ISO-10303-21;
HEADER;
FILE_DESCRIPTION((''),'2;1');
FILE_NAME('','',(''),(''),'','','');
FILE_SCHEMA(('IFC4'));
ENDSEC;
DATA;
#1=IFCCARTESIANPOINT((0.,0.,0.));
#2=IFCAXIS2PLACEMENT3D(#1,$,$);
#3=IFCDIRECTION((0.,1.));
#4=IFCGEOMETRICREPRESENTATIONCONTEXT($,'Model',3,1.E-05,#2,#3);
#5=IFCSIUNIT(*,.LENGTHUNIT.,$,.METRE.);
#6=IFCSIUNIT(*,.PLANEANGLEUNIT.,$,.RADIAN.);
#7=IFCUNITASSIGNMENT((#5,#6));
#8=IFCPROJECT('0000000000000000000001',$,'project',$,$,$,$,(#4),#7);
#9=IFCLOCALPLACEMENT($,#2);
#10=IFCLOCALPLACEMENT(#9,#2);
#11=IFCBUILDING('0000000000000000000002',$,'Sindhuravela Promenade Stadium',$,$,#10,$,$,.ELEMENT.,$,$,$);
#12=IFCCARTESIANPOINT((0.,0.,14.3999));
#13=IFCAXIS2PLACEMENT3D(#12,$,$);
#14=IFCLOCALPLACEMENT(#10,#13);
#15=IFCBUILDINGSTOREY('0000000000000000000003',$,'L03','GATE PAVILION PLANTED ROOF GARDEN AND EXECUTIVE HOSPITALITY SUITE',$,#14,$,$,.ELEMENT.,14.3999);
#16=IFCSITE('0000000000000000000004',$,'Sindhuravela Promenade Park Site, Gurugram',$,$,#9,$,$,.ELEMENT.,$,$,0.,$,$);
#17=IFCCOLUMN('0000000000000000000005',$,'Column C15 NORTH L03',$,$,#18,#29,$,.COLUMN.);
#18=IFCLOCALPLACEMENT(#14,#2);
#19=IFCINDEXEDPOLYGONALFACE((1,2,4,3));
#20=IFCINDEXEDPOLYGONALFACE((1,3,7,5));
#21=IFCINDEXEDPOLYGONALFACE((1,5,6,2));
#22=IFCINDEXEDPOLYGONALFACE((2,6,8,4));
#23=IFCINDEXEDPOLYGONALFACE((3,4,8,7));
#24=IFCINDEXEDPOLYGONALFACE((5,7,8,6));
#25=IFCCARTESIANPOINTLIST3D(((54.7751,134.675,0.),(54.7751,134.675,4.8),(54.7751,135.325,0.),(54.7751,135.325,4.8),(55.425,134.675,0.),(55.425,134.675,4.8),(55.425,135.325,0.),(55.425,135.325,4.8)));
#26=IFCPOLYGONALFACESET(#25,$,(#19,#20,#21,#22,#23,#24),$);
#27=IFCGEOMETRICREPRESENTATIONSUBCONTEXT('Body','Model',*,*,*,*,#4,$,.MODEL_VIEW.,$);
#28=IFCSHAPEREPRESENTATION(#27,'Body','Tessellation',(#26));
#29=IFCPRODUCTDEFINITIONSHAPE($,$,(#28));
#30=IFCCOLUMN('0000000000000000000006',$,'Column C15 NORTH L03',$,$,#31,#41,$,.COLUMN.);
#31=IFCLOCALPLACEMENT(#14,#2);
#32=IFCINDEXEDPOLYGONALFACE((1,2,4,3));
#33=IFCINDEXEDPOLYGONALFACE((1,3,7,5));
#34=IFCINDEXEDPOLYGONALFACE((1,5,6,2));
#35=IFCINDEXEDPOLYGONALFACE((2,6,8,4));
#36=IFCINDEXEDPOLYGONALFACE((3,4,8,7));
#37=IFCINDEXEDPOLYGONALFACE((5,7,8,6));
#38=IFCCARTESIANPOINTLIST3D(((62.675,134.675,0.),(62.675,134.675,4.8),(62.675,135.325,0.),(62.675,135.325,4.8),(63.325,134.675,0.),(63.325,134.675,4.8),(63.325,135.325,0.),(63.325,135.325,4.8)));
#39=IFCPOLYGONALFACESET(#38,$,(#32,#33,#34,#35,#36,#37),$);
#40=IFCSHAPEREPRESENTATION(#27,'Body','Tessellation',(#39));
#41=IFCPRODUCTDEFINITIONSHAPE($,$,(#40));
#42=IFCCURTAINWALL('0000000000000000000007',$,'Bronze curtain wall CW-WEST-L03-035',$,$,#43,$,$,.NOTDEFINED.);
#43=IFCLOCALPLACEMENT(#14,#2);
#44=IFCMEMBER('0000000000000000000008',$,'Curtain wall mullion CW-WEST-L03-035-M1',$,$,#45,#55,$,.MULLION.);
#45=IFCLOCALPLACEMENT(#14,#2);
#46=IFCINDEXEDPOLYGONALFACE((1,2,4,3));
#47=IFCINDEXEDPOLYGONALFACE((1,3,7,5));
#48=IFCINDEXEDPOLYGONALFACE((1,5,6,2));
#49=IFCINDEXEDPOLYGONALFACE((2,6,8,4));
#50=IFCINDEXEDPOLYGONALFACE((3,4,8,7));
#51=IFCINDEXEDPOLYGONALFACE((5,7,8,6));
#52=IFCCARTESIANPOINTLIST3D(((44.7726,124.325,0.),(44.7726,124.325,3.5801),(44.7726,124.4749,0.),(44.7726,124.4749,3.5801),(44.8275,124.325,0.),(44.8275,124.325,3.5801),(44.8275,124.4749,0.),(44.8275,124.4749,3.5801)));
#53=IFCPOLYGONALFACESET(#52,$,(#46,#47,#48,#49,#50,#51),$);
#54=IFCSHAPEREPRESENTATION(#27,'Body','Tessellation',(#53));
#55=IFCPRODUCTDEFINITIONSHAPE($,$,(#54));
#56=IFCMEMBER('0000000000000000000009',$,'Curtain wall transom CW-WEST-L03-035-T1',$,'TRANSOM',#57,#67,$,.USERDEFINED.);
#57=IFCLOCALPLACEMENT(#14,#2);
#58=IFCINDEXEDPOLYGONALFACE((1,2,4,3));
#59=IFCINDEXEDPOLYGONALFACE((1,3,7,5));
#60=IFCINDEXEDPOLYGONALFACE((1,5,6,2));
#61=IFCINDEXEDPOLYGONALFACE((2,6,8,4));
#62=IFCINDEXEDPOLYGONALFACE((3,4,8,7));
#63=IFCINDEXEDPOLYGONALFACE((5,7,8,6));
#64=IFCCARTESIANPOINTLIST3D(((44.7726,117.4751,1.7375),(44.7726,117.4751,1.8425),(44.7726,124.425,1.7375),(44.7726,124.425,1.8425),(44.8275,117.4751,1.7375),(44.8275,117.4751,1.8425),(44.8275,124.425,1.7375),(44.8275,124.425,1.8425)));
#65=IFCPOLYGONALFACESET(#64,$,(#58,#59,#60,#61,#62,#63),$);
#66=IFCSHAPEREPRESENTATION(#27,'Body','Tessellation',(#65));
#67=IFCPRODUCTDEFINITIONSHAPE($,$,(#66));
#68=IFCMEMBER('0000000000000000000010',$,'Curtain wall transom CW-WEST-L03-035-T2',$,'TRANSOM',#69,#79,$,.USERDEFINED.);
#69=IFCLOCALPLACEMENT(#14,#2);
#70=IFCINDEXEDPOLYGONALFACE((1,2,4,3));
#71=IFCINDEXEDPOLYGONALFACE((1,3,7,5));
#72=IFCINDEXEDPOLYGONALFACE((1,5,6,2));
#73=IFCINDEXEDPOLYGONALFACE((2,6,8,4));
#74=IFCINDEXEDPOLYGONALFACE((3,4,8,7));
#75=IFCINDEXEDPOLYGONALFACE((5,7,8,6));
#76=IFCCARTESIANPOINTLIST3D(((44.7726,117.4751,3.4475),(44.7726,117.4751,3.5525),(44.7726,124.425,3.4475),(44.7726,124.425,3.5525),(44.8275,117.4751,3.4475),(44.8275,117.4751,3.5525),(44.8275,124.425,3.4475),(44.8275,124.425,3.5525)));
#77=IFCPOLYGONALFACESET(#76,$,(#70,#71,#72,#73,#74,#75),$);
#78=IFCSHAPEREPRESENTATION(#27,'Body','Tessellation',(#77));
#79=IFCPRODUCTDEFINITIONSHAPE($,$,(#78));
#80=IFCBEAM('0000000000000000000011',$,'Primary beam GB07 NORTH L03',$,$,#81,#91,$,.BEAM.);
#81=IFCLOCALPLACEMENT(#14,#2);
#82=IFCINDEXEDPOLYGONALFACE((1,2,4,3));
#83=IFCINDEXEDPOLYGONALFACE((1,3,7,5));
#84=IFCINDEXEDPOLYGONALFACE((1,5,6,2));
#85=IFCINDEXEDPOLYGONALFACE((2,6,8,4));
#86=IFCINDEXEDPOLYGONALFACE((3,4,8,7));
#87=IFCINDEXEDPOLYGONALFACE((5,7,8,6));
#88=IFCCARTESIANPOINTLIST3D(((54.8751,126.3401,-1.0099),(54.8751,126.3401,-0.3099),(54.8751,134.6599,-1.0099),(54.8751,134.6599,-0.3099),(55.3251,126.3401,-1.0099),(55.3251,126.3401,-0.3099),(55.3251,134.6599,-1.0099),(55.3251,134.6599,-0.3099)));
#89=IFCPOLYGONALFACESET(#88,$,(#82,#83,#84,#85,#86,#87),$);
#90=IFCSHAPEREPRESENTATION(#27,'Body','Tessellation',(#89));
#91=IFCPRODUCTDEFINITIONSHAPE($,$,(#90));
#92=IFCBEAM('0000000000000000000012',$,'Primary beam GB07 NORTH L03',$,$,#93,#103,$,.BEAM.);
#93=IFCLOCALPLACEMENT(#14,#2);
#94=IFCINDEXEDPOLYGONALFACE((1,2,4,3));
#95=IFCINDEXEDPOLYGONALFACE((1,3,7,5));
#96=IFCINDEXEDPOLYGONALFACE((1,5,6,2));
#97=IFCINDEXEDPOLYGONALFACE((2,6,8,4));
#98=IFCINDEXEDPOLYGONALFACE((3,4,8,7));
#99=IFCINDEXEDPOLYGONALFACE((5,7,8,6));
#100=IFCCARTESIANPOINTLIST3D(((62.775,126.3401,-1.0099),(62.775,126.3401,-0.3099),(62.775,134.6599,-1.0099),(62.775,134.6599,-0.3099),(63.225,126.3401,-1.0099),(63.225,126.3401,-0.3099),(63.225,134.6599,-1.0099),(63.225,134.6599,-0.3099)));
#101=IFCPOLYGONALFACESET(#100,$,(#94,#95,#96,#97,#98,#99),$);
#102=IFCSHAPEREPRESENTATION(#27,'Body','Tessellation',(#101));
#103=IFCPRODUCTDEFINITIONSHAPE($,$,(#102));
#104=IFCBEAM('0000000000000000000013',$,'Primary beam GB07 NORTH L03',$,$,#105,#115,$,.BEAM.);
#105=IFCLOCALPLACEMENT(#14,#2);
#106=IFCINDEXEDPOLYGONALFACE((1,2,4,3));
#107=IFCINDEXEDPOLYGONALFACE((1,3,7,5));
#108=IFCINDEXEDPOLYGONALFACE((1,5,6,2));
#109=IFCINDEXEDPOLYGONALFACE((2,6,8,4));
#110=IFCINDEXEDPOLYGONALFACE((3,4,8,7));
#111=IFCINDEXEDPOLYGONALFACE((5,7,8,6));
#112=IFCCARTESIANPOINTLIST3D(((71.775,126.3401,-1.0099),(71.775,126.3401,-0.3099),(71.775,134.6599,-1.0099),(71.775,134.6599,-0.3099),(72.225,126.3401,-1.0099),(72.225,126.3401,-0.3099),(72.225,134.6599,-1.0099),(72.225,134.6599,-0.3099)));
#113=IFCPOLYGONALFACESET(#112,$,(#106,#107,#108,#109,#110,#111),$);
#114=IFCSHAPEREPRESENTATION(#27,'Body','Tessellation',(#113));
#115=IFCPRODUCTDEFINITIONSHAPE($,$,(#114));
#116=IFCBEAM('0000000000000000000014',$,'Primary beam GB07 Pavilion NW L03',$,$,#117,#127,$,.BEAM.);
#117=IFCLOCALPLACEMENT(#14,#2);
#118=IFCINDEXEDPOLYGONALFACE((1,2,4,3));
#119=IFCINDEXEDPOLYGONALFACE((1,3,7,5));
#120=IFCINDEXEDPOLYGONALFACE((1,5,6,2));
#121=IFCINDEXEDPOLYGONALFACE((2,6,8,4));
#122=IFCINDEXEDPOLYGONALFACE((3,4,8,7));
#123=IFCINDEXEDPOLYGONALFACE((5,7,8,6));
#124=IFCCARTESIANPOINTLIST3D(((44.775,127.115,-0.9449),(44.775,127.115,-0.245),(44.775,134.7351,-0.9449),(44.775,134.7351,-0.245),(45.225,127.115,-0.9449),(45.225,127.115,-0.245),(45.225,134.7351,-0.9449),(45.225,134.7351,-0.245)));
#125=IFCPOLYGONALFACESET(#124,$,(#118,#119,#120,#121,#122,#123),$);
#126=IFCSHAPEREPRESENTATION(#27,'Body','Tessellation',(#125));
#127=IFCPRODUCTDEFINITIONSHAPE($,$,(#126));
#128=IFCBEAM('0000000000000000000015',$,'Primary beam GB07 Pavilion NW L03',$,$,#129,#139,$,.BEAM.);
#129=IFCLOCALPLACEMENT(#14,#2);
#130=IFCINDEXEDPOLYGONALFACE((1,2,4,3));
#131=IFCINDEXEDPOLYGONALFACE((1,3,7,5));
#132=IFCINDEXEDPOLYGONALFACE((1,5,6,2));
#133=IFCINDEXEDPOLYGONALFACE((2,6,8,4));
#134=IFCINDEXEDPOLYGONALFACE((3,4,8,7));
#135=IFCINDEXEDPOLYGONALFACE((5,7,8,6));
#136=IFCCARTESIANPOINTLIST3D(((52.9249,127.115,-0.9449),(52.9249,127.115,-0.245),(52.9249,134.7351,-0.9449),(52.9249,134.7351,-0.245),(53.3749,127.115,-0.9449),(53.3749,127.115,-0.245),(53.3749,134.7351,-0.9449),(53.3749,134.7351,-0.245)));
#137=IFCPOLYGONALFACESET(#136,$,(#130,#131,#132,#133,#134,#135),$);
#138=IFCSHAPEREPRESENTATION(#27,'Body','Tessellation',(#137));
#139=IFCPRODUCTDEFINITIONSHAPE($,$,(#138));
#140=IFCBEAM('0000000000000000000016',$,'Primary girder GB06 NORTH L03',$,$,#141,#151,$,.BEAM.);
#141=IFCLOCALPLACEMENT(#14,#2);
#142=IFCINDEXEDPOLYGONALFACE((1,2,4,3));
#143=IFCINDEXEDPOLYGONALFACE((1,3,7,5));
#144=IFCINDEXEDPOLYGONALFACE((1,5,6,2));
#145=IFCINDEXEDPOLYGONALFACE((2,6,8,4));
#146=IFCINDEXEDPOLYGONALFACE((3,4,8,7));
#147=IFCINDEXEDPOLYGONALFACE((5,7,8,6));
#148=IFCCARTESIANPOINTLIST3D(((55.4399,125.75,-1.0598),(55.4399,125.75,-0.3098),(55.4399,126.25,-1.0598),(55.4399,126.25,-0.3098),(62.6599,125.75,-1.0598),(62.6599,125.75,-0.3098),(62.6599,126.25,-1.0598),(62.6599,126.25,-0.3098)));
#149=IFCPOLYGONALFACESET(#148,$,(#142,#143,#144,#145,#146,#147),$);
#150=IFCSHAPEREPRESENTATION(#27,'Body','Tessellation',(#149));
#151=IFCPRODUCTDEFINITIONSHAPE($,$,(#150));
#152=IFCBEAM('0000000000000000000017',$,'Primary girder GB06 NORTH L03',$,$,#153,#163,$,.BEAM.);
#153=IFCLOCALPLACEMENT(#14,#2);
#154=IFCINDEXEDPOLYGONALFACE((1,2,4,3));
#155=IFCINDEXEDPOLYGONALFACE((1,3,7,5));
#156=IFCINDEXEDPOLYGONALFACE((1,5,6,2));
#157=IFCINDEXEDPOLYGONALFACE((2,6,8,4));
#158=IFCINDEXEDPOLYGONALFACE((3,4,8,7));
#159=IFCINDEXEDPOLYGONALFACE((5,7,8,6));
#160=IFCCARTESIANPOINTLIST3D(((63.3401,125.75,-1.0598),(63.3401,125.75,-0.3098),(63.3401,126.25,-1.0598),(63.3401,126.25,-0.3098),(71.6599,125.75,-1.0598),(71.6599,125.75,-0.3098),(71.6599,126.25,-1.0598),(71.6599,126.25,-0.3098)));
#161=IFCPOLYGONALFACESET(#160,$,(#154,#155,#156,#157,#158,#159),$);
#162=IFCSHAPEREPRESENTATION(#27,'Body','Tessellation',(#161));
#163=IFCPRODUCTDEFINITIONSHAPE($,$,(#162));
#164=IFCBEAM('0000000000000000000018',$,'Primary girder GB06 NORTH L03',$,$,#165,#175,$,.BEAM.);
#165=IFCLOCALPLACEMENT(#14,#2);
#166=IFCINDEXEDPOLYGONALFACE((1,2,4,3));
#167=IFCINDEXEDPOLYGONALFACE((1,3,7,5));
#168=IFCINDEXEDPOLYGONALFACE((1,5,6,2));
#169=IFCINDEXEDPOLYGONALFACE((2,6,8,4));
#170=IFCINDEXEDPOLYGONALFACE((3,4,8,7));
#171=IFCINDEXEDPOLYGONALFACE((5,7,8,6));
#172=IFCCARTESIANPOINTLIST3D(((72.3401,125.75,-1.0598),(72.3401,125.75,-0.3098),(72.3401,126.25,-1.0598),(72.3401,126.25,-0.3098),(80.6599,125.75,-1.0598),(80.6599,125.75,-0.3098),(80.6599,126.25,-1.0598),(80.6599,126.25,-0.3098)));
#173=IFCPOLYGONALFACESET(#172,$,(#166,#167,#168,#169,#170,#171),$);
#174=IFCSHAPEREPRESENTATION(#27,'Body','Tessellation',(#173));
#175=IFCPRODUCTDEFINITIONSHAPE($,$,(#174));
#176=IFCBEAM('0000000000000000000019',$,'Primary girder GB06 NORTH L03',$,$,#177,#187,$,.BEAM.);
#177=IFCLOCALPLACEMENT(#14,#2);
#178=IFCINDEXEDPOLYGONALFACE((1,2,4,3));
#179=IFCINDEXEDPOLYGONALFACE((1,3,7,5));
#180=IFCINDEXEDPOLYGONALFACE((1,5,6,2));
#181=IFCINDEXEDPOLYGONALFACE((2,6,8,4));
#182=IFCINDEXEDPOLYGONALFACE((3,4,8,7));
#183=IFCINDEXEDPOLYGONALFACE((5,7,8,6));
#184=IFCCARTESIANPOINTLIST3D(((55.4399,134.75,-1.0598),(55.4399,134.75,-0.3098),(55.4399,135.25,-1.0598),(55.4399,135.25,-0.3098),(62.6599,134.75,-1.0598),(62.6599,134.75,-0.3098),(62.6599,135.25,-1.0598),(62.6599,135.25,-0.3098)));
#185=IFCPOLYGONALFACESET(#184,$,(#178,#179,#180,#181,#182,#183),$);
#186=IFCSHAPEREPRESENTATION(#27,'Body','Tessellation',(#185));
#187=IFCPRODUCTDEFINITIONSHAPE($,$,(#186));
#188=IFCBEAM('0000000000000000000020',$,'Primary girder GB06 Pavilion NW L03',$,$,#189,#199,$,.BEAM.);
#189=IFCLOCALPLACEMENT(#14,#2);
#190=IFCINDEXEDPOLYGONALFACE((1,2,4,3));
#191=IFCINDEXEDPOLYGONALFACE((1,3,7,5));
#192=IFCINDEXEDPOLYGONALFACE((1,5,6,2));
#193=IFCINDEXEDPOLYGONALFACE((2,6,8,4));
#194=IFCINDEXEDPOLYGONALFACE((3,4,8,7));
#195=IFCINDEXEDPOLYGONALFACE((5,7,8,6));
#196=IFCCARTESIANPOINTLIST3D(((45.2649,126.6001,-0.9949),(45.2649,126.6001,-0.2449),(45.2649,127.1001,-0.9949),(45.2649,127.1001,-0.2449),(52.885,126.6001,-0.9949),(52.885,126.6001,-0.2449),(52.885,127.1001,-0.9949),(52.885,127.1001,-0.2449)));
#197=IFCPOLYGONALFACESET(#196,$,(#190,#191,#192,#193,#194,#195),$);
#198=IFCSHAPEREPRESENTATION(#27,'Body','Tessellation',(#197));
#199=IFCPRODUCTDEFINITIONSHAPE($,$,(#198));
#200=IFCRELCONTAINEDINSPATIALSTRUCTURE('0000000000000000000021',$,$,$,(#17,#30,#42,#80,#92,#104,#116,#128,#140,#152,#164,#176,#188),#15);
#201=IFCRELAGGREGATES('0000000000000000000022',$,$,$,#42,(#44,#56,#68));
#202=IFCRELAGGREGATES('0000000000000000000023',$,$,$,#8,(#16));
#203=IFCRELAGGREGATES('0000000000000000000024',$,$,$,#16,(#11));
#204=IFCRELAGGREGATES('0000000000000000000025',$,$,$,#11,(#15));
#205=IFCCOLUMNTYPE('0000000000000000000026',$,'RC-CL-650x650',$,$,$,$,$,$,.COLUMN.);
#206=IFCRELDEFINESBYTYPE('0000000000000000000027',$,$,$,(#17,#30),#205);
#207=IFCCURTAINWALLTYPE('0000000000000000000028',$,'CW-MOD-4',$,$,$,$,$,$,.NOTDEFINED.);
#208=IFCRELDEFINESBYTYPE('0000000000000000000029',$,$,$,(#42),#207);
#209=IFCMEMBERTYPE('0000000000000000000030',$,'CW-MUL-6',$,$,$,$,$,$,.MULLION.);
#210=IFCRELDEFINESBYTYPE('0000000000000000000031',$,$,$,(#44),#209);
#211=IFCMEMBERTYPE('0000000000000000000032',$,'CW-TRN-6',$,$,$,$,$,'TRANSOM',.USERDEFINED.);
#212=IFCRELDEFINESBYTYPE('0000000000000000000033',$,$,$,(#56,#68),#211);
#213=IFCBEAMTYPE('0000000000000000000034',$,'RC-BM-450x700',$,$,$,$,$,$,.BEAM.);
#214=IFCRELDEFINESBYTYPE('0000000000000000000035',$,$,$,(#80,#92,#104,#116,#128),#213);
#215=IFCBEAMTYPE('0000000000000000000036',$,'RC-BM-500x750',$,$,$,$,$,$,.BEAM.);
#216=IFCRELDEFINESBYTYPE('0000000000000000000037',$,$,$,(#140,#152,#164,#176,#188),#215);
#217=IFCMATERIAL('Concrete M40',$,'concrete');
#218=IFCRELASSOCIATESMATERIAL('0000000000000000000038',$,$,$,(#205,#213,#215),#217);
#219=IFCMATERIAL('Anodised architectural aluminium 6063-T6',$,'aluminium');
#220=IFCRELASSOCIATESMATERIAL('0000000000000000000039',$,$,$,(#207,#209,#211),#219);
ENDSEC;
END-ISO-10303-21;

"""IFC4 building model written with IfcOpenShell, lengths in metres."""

from ifc_helpers import new_model, si_unit, direction, frame, origin, origin_2d, place, context, subcontext, project, spatial, rectangle, extrude, material, material_profile, profile_set, type_object, element, aggregate, save


model = new_model("IFC4")

# Units and contexts
model_context = context("Model", 3, precision=1e-05, world=origin(), true_north=direction((0.0, 1.0)))
body_context = subcontext(model_context, "Body", "Model", "MODEL_VIEW")
ifc_project = project(units=[si_unit("LENGTHUNIT", "METRE"), si_unit("PLANEANGLEUNIT", "RADIAN")], contexts=[model_context])

# Site, building, storey
site_placement = place(None, origin())
site = spatial("IfcSite", under=ifc_project, at=site_placement, Name="Sindhuravela Promenade Park Site, Gurugram", CompositionType="ELEMENT", RefElevation=0.0)
building_placement = place(site_placement, origin())
building = spatial("IfcBuilding", under=site, at=building_placement, Name="Sindhuravela Promenade Stadium", CompositionType="ELEMENT")
storey_placement = place(building_placement, frame((0.0, 0.0, 14.3999)))
storey = spatial("IfcBuildingStorey", under=building, at=storey_placement, Name="L03", Description="GATE PAVILION PLANTED ROOF GARDEN AND EXECUTIVE HOSPITALITY SUITE", CompositionType="ELEMENT", Elevation=14.3999)

# Columns
ifc_material_1 = material(Name="Concrete M40", Category="concrete")
ifc_material_profile_1 = material_profile(ifc_material_1, rectangle(XDim=0.6499, YDim=0.6499, at=origin_2d()), Name="RC 650x650")
ifc_profile_set_1 = profile_set([ifc_material_profile_1], Name="Concrete M40")
column_type = type_object("IfcColumnType", Name="RC-CL-650x650", PredefinedType="COLUMN", material=ifc_profile_set_1)
for number, where, z_axis, x_axis, name in (
    (1, (55.1001, 135.0, 0.0), (0.0, 0.0, 1.0), (1.0, 0.0, 0.0), "Column C15 NORTH L03"),
    (2, (63.0, 135.0, 0.0), (0.0, 0.0, 1.0), (1.0, 0.0, 0.0), "Column C15 NORTH L03"),
):
    element("IfcColumn", number, at=place(storey_placement, frame(where, z_axis=z_axis, x_axis=x_axis)), inside=storey, type_object=column_type, Name=name, PredefinedType="COLUMN", context=body_context, shape_type="SweptSolid", body=[
        extrude(rectangle(XDim=0.6499, YDim=0.6499, at=origin_2d()), origin(), (0.0, 0.0, 1.0), 4.8),
    ])

# Curtain wall, members
ifc_material_2 = material(Name="Anodised architectural aluminium 6063-T6", Category="aluminium")
curtain_wall_type = type_object("IfcCurtainWallType", Name="CW-MOD-4", PredefinedType="NOTDEFINED", material=ifc_material_2)
curtain_wall_placement = place(storey_placement, origin())
curtain_wall = element("IfcCurtainWall", 3, at=curtain_wall_placement, inside=storey, type_object=curtain_wall_type, Name="Bronze curtain wall CW-WEST-L03-035", PredefinedType="NOTDEFINED")
ifc_material_profile_2 = material_profile(ifc_material_2, rectangle(XDim=0.0549, YDim=0.1499, at=origin_2d()), Name="ALU M55x150")
ifc_profile_set_2 = profile_set([ifc_material_profile_2], Name="Anodised architectural aluminium 6063-T6")
member_type_1 = type_object("IfcMemberType", Name="CW-MUL-6", PredefinedType="MULLION", material=ifc_profile_set_2)
member_1_placement = place(storey_placement, frame((44.8, 124.3999, 0.0), z_axis=(0.0, 0.0, 1.0), x_axis=(1.0, 0.0, 0.0)))
member_1 = element("IfcMember", 4, at=member_1_placement, type_object=member_type_1, Name="Curtain wall mullion CW-WEST-L03-035-M1", PredefinedType="MULLION", context=body_context, shape_type="SweptSolid", body=[
    extrude(rectangle(XDim=0.0549, YDim=0.1499, at=origin_2d()), origin(), (0.0, 0.0, 1.0), 3.5801),
])
ifc_material_profile_3 = material_profile(ifc_material_2, rectangle(XDim=0.0549, YDim=0.105, at=origin_2d()), Name="ALU T55x105")
ifc_profile_set_3 = profile_set([ifc_material_profile_3], Name="Anodised architectural aluminium 6063-T6")
member_type_2 = type_object("IfcMemberType", Name="CW-TRN-6", ElementType="TRANSOM", PredefinedType="USERDEFINED", material=ifc_profile_set_3)
member_2_placement = place(storey_placement, frame((44.8, 124.425, 1.79), z_axis=(0.0, -1.0, 0.0), x_axis=(1.0, 0.0, 0.0)))
member_2 = element("IfcMember", 5, at=member_2_placement, type_object=member_type_2, Name="Curtain wall transom CW-WEST-L03-035-T1", ObjectType="TRANSOM", PredefinedType="USERDEFINED", context=body_context, shape_type="SweptSolid", body=[
    extrude(rectangle(XDim=0.0549, YDim=0.105, at=origin_2d()), origin(), (0.0, 0.0, 1.0), 6.95),
])
member_3_placement = place(storey_placement, frame((44.8, 124.425, 3.5), z_axis=(0.0, -1.0, 0.0), x_axis=(1.0, 0.0, 0.0)))
member_3 = element("IfcMember", 6, at=member_3_placement, type_object=member_type_2, Name="Curtain wall transom CW-WEST-L03-035-T2", ObjectType="TRANSOM", PredefinedType="USERDEFINED", context=body_context, shape_type="SweptSolid", body=[
    extrude(rectangle(XDim=0.0549, YDim=0.105, at=origin_2d()), origin(), (0.0, 0.0, 1.0), 6.95),
])

# Beams
ifc_material_profile_4 = material_profile(ifc_material_1, rectangle(XDim=0.45, YDim=0.7, at=origin_2d()), Name="RC 450x700")
ifc_profile_set_4 = profile_set([ifc_material_profile_4], Name="Concrete M40")
beam_type_1 = type_object("IfcBeamType", Name="RC-BM-450x700", PredefinedType="BEAM", material=ifc_profile_set_4)
for number, where, z_axis, x_axis, name in (
    (7, (55.1001, 126.3401, -0.6599), (0.0, 1.0, 0.0), (-1.0, 0.0, 0.0), "Primary beam GB07 NORTH L03"),
    (8, (63.0, 126.3401, -0.6599), (0.0, 1.0, 0.0), (-1.0, 0.0, 0.0), "Primary beam GB07 NORTH L03"),
    (9, (72.0, 126.3401, -0.6599), (0.0, 1.0, 0.0), (-1.0, 0.0, 0.0), "Primary beam GB07 NORTH L03"),
):
    element("IfcBeam", number, at=place(storey_placement, frame(where, z_axis=z_axis, x_axis=x_axis)), inside=storey, type_object=beam_type_1, Name=name, PredefinedType="BEAM", context=body_context, shape_type="SweptSolid", body=[
        extrude(rectangle(XDim=0.45, YDim=0.7, at=origin_2d()), origin(), (0.0, 0.0, 1.0), 8.3198),
    ])
for number, where, z_axis, x_axis, name in (
    (10, (45.0, 127.115, -0.595), (0.0, 1.0, 0.0), (-1.0, 0.0, 0.0), "Primary beam GB07 Pavilion NW L03"),
    (11, (53.1499, 127.115, -0.595), (0.0, 1.0, 0.0), (-1.0, 0.0, 0.0), "Primary beam GB07 Pavilion NW L03"),
):
    element("IfcBeam", number, at=place(storey_placement, frame(where, z_axis=z_axis, x_axis=x_axis)), inside=storey, type_object=beam_type_1, Name=name, PredefinedType="BEAM", context=body_context, shape_type="SweptSolid", body=[
        extrude(rectangle(XDim=0.45, YDim=0.7, at=origin_2d()), origin(), (0.0, 0.0, 1.0), 7.6201),
    ])
ifc_material_profile_5 = material_profile(ifc_material_1, rectangle(XDim=0.5, YDim=0.75, at=origin_2d()), Name="RC 500x750")
ifc_profile_set_5 = profile_set([ifc_material_profile_5], Name="Concrete M40")
beam_type_2 = type_object("IfcBeamType", Name="RC-BM-500x750", PredefinedType="BEAM", material=ifc_profile_set_5)
beam_1_placement = place(storey_placement, frame((55.4399, 126.0, -0.6848), z_axis=(1.0, 0.0, 0.0), x_axis=(0.0, 1.0, 0.0)))
element("IfcBeam", 12, at=beam_1_placement, inside=storey, type_object=beam_type_2, Name="Primary girder GB06 NORTH L03", PredefinedType="BEAM", context=body_context, shape_type="SweptSolid", body=[
    extrude(rectangle(XDim=0.5, YDim=0.75, at=origin_2d()), origin(), (0.0, 0.0, 1.0), 7.22),
])
for number, where, z_axis, x_axis, name in (
    (13, (63.3401, 126.0, -0.6848), (1.0, 0.0, 0.0), (0.0, 1.0, 0.0), "Primary girder GB06 NORTH L03"),
    (14, (72.3401, 126.0, -0.6848), (1.0, 0.0, 0.0), (0.0, 1.0, 0.0), "Primary girder GB06 NORTH L03"),
):
    element("IfcBeam", number, at=place(storey_placement, frame(where, z_axis=z_axis, x_axis=x_axis)), inside=storey, type_object=beam_type_2, Name=name, PredefinedType="BEAM", context=body_context, shape_type="SweptSolid", body=[
        extrude(rectangle(XDim=0.5, YDim=0.75, at=origin_2d()), origin(), (0.0, 0.0, 1.0), 8.3198),
    ])
beam_2_placement = place(storey_placement, frame((55.4399, 135.0, -0.6848), z_axis=(1.0, 0.0, 0.0), x_axis=(0.0, 1.0, 0.0)))
element("IfcBeam", 15, at=beam_2_placement, inside=storey, type_object=beam_type_2, Name="Primary girder GB06 NORTH L03", PredefinedType="BEAM", context=body_context, shape_type="SweptSolid", body=[
    extrude(rectangle(XDim=0.5, YDim=0.75, at=origin_2d()), origin(), (0.0, 0.0, 1.0), 7.22),
])
for number, where, z_axis, x_axis, name in (
    (16, (45.2649, 126.8501, -0.6199), (1.0, 0.0, 0.0), (0.0, 1.0, 0.0), "Primary girder GB06 Pavilion NW L03"),
):
    element("IfcBeam", number, at=place(storey_placement, frame(where, z_axis=z_axis, x_axis=x_axis)), inside=storey, type_object=beam_type_2, Name=name, PredefinedType="BEAM", context=body_context, shape_type="SweptSolid", body=[
        extrude(rectangle(XDim=0.5, YDim=0.75, at=origin_2d()), origin(), (0.0, 0.0, 1.0), 7.6201),
    ])

aggregate(curtain_wall, [member_1, member_2, member_3])

save(model, "model.ifc")
